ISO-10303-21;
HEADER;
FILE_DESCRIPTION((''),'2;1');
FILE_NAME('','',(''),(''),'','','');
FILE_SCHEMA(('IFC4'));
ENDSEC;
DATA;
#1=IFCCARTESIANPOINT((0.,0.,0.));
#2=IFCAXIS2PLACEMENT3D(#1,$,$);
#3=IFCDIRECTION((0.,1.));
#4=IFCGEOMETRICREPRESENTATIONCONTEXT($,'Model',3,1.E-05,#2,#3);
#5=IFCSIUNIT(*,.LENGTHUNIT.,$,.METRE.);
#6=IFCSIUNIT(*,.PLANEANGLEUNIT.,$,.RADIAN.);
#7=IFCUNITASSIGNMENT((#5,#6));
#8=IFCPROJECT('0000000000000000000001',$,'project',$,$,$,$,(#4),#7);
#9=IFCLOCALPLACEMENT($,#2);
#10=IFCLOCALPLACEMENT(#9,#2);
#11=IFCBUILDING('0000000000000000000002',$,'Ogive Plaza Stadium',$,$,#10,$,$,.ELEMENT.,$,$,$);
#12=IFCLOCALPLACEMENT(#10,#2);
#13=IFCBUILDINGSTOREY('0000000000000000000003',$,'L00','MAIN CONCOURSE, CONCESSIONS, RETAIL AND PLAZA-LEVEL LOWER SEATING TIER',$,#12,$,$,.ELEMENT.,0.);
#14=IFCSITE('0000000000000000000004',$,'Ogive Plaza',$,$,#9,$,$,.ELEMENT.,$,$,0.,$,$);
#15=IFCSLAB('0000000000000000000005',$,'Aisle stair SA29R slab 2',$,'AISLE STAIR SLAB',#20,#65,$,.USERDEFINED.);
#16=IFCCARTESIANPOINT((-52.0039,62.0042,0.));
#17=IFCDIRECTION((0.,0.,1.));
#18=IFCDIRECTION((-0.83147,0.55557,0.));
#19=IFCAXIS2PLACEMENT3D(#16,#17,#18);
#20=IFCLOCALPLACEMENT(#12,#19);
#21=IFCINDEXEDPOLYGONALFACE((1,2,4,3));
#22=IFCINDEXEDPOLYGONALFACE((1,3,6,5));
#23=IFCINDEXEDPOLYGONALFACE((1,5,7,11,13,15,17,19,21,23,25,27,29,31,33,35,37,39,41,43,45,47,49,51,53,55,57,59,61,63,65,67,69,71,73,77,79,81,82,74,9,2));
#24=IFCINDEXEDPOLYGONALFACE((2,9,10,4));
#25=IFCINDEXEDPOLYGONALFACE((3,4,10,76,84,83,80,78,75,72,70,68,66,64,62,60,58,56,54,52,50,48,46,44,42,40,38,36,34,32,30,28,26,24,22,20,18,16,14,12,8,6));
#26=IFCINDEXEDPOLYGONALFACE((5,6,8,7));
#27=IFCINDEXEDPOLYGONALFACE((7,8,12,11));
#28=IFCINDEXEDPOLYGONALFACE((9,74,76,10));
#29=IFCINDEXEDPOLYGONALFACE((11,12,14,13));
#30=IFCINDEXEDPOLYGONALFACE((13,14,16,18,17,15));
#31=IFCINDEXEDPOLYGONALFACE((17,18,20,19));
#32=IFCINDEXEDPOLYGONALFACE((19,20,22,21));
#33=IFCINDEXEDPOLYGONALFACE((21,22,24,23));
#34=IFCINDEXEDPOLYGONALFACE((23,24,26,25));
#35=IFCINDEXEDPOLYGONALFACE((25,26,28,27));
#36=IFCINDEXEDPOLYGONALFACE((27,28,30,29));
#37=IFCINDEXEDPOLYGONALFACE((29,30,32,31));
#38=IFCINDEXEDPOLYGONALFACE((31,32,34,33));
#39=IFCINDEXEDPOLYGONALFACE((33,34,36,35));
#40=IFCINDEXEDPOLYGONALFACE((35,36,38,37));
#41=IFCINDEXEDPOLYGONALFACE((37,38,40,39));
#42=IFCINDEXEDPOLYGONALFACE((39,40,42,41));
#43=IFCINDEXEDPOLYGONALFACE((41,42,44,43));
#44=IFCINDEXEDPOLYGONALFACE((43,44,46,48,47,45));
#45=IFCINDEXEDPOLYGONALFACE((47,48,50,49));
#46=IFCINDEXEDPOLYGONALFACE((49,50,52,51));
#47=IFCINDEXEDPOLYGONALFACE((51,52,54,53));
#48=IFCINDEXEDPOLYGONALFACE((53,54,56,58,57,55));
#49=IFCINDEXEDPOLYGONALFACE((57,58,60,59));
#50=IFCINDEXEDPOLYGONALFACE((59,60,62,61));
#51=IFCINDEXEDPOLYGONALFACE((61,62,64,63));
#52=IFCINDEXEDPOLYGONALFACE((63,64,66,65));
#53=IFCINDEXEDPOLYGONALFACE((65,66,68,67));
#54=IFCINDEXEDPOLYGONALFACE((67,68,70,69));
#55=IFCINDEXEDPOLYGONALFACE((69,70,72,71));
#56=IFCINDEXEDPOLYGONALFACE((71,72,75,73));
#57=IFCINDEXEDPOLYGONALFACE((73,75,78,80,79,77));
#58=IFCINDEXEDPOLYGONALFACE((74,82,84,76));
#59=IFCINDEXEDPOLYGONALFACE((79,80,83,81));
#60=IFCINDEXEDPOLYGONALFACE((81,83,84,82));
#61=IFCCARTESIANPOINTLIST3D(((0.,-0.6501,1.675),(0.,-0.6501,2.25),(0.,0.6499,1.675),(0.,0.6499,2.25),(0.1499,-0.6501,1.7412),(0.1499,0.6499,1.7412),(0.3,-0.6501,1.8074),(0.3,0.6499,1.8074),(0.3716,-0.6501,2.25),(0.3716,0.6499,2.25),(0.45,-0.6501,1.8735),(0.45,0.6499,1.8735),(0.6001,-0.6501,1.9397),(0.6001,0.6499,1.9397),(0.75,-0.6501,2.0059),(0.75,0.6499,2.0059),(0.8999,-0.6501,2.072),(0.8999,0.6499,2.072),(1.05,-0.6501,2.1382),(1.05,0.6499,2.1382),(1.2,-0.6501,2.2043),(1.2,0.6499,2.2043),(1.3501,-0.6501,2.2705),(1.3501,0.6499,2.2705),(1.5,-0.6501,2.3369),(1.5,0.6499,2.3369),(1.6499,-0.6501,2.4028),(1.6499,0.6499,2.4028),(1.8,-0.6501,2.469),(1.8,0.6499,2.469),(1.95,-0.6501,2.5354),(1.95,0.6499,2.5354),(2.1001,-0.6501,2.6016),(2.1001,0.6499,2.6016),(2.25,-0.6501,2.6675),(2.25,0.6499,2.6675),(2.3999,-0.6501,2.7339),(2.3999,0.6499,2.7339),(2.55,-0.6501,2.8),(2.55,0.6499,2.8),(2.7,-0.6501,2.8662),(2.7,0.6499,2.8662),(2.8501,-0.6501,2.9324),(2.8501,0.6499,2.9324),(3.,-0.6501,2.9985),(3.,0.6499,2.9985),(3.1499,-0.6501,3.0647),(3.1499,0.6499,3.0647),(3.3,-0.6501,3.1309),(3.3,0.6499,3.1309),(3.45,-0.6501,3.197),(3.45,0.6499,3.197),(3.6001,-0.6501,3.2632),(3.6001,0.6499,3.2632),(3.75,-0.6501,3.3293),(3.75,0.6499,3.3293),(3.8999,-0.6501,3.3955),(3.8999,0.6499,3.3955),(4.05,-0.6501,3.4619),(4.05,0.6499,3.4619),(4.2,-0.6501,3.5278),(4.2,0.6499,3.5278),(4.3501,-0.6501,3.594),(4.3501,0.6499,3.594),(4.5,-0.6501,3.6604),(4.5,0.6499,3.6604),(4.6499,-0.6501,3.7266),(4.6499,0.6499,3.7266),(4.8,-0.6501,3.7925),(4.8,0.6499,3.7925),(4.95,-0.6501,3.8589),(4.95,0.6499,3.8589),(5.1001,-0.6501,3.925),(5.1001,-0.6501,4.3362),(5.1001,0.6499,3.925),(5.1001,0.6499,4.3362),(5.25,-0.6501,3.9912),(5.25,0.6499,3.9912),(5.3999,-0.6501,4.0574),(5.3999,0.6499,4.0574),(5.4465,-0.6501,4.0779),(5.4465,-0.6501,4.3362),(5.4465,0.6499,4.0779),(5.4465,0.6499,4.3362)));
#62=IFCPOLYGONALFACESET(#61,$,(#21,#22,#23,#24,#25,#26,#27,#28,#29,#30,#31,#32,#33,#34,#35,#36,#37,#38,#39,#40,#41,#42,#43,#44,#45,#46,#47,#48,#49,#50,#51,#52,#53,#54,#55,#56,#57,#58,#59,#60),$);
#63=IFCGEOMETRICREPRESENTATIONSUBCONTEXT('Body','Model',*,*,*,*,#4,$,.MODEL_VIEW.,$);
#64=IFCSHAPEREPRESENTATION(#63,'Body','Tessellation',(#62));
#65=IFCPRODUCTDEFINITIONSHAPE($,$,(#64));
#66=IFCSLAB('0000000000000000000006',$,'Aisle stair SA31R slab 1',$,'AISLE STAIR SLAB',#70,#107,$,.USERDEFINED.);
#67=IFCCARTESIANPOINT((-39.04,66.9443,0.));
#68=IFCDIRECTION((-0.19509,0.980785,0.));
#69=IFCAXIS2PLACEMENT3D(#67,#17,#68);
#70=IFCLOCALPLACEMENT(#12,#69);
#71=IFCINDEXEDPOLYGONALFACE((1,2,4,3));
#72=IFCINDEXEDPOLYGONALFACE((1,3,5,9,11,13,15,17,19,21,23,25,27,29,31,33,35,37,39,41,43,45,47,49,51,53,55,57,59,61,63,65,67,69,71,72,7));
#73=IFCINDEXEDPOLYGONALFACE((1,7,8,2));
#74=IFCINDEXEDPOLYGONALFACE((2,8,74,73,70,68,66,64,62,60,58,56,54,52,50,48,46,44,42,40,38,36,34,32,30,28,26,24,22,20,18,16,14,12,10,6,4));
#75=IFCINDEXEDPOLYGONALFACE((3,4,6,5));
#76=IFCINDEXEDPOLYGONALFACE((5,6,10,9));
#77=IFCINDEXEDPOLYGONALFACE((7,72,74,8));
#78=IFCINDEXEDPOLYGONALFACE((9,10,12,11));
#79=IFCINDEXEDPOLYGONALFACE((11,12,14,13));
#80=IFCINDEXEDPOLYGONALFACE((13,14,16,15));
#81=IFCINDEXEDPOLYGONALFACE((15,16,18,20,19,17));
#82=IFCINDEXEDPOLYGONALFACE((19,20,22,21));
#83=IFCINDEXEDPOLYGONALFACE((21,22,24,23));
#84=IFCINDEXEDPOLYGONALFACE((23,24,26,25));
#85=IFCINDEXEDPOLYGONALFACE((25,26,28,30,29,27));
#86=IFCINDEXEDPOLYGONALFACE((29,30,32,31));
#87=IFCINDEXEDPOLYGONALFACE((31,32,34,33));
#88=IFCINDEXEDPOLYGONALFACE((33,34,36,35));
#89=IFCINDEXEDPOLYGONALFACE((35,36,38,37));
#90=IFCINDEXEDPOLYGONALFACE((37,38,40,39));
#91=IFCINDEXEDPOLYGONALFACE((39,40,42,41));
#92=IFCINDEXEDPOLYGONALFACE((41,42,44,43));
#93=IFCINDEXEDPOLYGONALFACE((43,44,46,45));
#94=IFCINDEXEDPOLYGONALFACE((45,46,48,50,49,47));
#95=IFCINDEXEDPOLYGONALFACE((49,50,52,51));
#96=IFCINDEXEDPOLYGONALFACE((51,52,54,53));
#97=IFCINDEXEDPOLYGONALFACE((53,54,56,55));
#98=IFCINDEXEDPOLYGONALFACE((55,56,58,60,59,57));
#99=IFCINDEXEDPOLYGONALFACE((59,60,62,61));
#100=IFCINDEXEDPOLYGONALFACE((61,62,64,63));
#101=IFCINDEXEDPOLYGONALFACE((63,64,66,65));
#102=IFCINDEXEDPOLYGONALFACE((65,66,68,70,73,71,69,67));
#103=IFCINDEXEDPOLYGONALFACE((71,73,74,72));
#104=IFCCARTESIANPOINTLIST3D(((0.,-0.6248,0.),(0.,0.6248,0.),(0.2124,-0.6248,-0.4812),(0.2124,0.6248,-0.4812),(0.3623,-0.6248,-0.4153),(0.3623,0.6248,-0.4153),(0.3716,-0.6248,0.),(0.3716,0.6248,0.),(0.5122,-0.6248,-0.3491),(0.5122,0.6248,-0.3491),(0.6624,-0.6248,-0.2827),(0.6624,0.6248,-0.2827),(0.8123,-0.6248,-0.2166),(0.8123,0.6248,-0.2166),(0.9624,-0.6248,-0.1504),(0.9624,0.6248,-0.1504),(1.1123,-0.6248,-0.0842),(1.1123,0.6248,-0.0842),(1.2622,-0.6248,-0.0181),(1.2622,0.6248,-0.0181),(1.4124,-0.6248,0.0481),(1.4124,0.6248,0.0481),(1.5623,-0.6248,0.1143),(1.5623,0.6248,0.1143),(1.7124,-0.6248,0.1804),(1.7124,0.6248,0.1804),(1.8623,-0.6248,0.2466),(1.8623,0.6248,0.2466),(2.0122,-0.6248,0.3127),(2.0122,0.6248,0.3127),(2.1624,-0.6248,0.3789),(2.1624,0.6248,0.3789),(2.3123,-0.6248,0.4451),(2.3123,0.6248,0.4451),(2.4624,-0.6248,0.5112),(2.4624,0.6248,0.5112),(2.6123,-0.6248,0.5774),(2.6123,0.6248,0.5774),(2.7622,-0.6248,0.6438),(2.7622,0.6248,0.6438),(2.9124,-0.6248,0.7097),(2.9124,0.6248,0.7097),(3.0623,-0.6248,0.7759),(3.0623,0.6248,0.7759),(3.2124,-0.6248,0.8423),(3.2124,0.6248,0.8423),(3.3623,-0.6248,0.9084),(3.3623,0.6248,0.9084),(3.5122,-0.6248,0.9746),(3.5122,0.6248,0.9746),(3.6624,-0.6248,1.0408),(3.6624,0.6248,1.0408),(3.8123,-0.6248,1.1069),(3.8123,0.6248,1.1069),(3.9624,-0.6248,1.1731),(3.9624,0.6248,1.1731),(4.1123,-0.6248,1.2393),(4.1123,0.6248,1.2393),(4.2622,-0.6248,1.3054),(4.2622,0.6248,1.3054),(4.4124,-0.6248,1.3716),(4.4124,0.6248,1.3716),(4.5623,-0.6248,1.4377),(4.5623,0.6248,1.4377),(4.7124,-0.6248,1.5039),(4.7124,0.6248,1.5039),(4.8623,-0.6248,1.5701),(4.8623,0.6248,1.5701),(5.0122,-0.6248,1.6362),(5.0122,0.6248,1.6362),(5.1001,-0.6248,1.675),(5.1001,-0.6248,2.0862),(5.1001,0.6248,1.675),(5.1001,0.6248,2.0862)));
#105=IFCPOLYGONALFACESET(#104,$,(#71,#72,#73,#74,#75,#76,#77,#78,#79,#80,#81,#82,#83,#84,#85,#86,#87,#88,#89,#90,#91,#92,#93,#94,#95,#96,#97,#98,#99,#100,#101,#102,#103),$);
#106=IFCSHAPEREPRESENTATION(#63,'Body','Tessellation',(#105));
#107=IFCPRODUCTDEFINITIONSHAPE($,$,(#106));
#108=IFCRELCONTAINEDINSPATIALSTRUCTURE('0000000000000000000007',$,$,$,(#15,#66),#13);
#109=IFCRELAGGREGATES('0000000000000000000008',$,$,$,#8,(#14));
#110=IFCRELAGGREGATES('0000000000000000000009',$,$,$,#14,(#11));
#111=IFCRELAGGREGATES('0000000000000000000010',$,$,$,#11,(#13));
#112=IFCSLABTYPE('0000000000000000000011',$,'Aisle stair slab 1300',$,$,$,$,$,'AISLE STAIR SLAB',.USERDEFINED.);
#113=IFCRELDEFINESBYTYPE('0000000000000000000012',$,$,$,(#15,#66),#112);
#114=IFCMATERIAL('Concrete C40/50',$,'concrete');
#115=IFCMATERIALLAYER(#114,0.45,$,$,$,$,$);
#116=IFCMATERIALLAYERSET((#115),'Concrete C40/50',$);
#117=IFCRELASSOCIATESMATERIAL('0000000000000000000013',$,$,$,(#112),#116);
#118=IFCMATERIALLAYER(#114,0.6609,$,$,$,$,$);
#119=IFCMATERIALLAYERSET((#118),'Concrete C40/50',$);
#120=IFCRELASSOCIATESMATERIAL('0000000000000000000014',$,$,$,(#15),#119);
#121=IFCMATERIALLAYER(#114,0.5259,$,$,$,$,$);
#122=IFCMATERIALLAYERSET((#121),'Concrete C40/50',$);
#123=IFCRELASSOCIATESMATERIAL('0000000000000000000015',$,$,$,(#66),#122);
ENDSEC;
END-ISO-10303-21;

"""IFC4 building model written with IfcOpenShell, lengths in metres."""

from ifc_helpers import new_model, si_unit, direction, frame, origin, place, context, subcontext, project, spatial, polyline, outline, extrude, material, layer, layer_set, type_object, element, save


model = new_model("IFC4")

# Units and contexts
model_context = context("Model", 3, precision=1e-05, world=origin(), true_north=direction((0.0, 1.0)))
body_context = subcontext(model_context, "Body", "Model", "MODEL_VIEW")
ifc_project = project(units=[si_unit("LENGTHUNIT", "METRE"), si_unit("PLANEANGLEUNIT", "RADIAN")], contexts=[model_context])

# Site, building, storey
site_placement = place(None, origin())
site = spatial("IfcSite", under=ifc_project, at=site_placement, Name="Ogive Plaza", CompositionType="ELEMENT", RefElevation=0.0)
building_placement = place(site_placement, origin())
building = spatial("IfcBuilding", under=site, at=building_placement, Name="Ogive Plaza Stadium", CompositionType="ELEMENT")
storey_placement = place(building_placement, origin())
storey = spatial("IfcBuildingStorey", under=building, at=storey_placement, Name="L00", Description="MAIN CONCOURSE, CONCESSIONS, RETAIL AND PLAZA-LEVEL LOWER SEATING TIER", CompositionType="ELEMENT", Elevation=0.0)

# Slabs
ifc_material_1 = material(Name="Concrete C40/50", Category="concrete")
ifc_layer_1 = layer(ifc_material_1, 0.5259)
ifc_layer_set_1 = layer_set([ifc_layer_1], Name="Concrete C40/50")
ifc_layer_2 = layer(ifc_material_1, 0.45)
ifc_layer_set_2 = layer_set([ifc_layer_2], Name="Concrete C40/50")
slab_type = type_object("IfcSlabType", Name="Aisle stair slab 1300", ElementType="AISLE STAIR SLAB", PredefinedType="USERDEFINED", material=ifc_layer_set_2)
ifc_layer_3 = layer(ifc_material_1, 0.6609)
ifc_layer_set_3 = layer_set([ifc_layer_3], Name="Concrete C40/50")
slab_1_placement = place(storey_placement, frame((-52.0039, 62.0042, 0.0), z_axis=(0.0, 0.0, 1.0), x_axis=(-0.83147, 0.55557, 0.0)))
element("IfcSlab", 1, at=slab_1_placement, inside=storey, type_object=slab_type, material=ifc_layer_set_3, Name="Aisle stair SA29R slab 2", ObjectType="AISLE STAIR SLAB", PredefinedType="USERDEFINED", context=body_context, shape_type="SweptSolid", body=[
    extrude(outline(polyline([(0.0, 2.25), (0.3716, 2.25), (5.1001, 4.3362), (5.4465, 4.3362), (5.4465, 4.0779), (5.3999, 4.0574), (5.25, 3.9912), (5.1001, 3.925), (4.95, 3.8589), (4.8, 3.7925), (4.6499, 3.7266), (4.5, 3.6604), (4.3501, 3.594), (4.2, 3.5278), (4.05, 3.4619), (3.8999, 3.3955), (3.75, 3.3293), (3.6001, 3.2632), (3.45, 3.197), (3.3, 3.1309), (3.1499, 3.0647), (3.0, 2.9985), (2.8501, 2.9324), (2.7, 2.8662), (2.55, 2.8), (2.3999, 2.7339), (2.25, 2.6675), (2.1001, 2.6016), (1.95, 2.5354), (1.8, 2.469), (1.6499, 2.4028), (1.5, 2.3369), (1.3501, 2.2705), (1.2, 2.2043), (1.05, 2.1382), (0.8999, 2.072), (0.75, 2.0059), (0.6001, 1.9397), (0.45, 1.8735), (0.3, 1.8074), (0.1499, 1.7412), (0.0, 1.675), (0.0, 2.25)])), frame((0.0, 0.6499, 0.0), z_axis=(0.0, -1.0, 0.0), x_axis=(1.0, 0.0, 0.0)), (0.0, 0.0, 1.0), 1.3),
])
for number, where, z_axis, x_axis, name in (
    (2, (-39.04, 66.9443, 0.0), (0.0, 0.0, 1.0), (-0.19509, 0.980785, 0.0), "Aisle stair SA31R slab 1"),
):
    element("IfcSlab", number, at=place(storey_placement, frame(where, z_axis=z_axis, x_axis=x_axis)), inside=storey, type_object=slab_type, material=ifc_layer_set_1, Name=name, ObjectType="AISLE STAIR SLAB", PredefinedType="USERDEFINED", context=body_context, shape_type="SweptSolid", body=[
        extrude(outline(polyline([(0.0, 0.0), (0.3716, 0.0), (5.1001, 2.0862), (5.1001, 1.675), (5.0122, 1.6362), (4.8623, 1.5701), (4.7124, 1.5039), (4.5623, 1.4377), (4.4124, 1.3716), (4.2622, 1.3054), (4.1123, 1.2393), (3.9624, 1.1731), (3.8123, 1.1069), (3.6624, 1.0408), (3.5122, 0.9746), (3.3623, 0.9084), (3.2124, 0.8423), (3.0623, 0.7759), (2.9124, 0.7097), (2.7622, 0.6438), (2.6123, 0.5774), (2.4624, 0.5112), (2.3123, 0.4451), (2.1624, 0.3789), (2.0122, 0.3127), (1.8623, 0.2466), (1.7124, 0.1804), (1.5623, 0.1143), (1.4124, 0.0481), (1.2622, -0.0181), (1.1123, -0.0842), (0.9624, -0.1504), (0.8123, -0.2166), (0.6624, -0.2827), (0.5122, -0.3491), (0.3623, -0.4153), (0.2124, -0.4812), (0.0, 0.0)])), frame((0.0, 0.6248, 0.0), z_axis=(0.0, -1.0, 0.0), x_axis=(1.0, 0.0, 0.0)), (0.0, 0.0, 1.0), 1.2495),
    ])

save(model, "model.ifc")
